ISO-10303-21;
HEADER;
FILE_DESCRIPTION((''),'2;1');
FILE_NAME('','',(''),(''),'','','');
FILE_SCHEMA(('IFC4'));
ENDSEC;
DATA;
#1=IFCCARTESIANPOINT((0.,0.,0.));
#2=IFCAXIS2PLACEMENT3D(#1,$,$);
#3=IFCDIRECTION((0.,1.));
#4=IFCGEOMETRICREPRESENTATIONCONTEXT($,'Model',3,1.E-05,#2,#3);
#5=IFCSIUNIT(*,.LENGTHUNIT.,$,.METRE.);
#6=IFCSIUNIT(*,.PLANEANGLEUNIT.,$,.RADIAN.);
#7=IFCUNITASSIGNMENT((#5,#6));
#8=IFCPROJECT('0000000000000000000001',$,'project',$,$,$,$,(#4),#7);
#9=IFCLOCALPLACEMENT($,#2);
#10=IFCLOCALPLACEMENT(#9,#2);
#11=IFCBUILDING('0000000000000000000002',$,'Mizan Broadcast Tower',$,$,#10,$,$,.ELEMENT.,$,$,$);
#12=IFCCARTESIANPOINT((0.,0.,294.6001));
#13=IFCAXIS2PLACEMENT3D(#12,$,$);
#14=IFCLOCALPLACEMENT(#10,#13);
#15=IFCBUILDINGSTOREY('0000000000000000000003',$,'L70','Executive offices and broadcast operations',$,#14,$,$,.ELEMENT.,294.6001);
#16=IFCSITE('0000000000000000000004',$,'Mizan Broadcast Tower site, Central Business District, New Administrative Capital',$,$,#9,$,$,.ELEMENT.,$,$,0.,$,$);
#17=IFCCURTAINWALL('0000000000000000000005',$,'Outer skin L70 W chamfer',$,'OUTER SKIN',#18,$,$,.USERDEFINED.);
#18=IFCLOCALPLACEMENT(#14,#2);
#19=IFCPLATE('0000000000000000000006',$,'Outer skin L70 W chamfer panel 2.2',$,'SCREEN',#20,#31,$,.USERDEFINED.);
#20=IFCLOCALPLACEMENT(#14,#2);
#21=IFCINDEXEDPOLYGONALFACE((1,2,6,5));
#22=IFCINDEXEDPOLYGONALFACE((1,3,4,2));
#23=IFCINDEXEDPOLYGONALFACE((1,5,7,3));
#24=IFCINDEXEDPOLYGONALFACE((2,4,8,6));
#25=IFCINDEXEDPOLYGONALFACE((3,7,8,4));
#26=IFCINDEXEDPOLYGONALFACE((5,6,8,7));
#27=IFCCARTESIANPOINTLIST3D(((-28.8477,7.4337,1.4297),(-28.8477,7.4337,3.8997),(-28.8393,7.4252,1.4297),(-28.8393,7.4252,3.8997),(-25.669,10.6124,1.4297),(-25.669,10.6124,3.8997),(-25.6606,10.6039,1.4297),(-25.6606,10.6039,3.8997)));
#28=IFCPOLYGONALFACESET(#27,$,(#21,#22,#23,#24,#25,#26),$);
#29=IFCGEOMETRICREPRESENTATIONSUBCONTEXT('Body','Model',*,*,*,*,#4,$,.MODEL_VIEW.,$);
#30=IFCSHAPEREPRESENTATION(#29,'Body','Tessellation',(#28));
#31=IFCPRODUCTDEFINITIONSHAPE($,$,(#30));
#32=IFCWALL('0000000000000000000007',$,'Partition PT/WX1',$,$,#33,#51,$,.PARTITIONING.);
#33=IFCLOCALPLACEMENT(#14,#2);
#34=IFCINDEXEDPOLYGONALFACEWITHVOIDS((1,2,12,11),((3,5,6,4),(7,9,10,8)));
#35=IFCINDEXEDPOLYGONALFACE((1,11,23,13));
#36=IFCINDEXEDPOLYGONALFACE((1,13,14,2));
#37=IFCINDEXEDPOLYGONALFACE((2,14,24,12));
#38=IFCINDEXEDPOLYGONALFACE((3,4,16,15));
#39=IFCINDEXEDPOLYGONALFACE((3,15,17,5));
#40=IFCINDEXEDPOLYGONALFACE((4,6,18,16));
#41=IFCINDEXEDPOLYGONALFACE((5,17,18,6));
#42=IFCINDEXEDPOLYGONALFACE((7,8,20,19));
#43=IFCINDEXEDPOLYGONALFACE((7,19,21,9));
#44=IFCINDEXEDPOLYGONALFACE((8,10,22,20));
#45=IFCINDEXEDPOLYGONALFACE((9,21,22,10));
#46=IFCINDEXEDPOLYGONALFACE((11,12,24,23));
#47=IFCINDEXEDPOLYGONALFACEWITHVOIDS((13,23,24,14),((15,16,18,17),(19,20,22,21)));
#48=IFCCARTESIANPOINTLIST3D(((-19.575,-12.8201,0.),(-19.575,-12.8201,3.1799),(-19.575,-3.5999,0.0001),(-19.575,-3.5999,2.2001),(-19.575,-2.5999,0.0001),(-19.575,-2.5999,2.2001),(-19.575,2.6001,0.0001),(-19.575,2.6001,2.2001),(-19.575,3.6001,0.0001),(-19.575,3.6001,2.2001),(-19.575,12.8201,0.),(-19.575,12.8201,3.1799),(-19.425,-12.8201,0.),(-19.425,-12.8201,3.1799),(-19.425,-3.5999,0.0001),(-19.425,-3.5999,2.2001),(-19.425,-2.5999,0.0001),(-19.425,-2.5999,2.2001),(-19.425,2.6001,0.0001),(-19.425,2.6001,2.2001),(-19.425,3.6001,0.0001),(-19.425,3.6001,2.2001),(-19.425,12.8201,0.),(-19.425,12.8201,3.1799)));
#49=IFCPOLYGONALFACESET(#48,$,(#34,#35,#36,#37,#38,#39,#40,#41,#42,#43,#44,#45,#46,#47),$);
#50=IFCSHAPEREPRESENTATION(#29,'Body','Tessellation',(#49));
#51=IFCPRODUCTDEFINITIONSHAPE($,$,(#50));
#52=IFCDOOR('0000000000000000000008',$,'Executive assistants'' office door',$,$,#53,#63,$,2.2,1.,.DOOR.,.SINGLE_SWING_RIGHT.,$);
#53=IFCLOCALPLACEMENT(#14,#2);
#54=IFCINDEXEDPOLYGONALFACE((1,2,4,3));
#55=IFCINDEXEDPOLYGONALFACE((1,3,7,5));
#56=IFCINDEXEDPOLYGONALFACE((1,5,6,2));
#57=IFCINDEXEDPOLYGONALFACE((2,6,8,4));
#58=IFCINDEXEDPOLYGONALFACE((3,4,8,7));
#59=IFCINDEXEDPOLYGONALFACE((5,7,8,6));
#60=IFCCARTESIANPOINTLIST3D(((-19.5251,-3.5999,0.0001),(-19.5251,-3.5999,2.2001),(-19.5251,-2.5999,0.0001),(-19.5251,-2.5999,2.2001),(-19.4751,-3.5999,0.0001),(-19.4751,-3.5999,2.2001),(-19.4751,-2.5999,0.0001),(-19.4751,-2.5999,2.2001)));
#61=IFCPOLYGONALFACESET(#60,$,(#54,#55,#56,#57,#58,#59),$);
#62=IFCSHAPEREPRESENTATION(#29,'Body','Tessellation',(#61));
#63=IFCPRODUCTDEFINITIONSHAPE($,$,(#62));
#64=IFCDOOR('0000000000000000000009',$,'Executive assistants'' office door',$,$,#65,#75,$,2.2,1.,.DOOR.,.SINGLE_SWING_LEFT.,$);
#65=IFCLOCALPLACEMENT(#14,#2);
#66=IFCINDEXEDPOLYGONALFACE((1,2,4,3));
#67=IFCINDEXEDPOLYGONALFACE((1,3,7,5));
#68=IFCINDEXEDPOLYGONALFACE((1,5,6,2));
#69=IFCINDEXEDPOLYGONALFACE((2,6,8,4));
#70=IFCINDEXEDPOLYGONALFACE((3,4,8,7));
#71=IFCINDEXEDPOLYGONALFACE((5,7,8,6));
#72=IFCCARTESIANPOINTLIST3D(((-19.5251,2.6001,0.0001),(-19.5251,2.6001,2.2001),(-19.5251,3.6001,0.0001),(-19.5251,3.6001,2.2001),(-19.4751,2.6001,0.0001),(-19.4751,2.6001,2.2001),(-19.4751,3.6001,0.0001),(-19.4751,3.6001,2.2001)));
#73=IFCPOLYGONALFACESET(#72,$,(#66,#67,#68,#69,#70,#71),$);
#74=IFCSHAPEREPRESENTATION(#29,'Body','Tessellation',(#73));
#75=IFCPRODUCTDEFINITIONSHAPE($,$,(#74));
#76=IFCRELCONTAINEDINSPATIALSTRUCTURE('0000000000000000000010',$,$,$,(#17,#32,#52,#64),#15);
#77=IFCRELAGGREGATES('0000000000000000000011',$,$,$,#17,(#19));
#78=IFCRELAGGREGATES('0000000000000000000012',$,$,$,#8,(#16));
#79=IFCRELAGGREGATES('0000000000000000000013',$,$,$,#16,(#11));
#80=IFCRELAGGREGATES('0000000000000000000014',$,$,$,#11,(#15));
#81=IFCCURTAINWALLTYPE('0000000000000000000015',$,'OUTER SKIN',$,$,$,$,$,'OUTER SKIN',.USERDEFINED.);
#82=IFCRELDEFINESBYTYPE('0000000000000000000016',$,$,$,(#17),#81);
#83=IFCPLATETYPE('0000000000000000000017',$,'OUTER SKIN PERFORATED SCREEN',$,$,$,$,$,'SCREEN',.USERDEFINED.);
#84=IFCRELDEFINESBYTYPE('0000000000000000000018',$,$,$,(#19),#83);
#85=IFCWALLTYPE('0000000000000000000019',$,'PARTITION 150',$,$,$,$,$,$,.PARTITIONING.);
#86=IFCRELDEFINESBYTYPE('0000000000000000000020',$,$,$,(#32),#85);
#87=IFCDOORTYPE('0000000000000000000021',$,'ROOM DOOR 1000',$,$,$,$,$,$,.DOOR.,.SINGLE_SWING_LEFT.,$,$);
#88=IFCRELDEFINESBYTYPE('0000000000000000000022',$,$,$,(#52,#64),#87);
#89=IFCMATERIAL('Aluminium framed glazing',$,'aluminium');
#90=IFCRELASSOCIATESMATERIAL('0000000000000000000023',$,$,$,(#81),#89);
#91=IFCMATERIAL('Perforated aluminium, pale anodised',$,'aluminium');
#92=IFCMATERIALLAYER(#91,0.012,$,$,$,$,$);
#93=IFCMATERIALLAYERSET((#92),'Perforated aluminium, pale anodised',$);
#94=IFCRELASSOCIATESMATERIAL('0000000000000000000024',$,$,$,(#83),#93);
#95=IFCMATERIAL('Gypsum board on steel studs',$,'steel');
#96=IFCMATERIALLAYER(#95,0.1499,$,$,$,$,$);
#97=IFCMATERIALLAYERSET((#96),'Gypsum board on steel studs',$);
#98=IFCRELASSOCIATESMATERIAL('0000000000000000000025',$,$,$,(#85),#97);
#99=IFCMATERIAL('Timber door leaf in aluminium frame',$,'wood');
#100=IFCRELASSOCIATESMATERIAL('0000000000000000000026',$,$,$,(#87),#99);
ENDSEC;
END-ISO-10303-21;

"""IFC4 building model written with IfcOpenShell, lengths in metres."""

from ifc_helpers import new_model, si_unit, direction, frame, frame_2d, origin, origin_2d, place, context, subcontext, project, spatial, rectangle, extrude, material, layer, layer_set, type_object, element, fill, aggregate, save


model = new_model("IFC4")

# Units and contexts
model_context = context("Model", 3, precision=1e-05, world=origin(), true_north=direction((0.0, 1.0)))
body_context = subcontext(model_context, "Body", "Model", "MODEL_VIEW")
ifc_project = project(units=[si_unit("LENGTHUNIT", "METRE"), si_unit("PLANEANGLEUNIT", "RADIAN")], contexts=[model_context])

# Site, building, storey
site_placement = place(None, origin())
site = spatial("IfcSite", under=ifc_project, at=site_placement, Name="Mizan Broadcast Tower site, Central Business District, New Administrative Capital", CompositionType="ELEMENT", RefElevation=0.0)
building_placement = place(site_placement, origin())
building = spatial("IfcBuilding", under=site, at=building_placement, Name="Mizan Broadcast Tower", CompositionType="ELEMENT")
storey_placement = place(building_placement, frame((0.0, 0.0, 294.6001)))
storey = spatial("IfcBuildingStorey", under=building, at=storey_placement, Name="L70", Description="Executive offices and broadcast operations", CompositionType="ELEMENT", Elevation=294.6001)

# Shared definitions
ifc_material_1 = material(Name="Aluminium framed glazing", Category="aluminium")
curtain_wall_type_1 = type_object("IfcCurtainWallType", Name="OUTER SKIN", ElementType="OUTER SKIN", PredefinedType="USERDEFINED", material=ifc_material_1)

# Curtain wall
curtain_wall_1_placement = place(storey_placement, origin())
curtain_wall_1 = element("IfcCurtainWall", 1, at=curtain_wall_1_placement, inside=storey, type_object=curtain_wall_type_1, Name="Outer skin L70 W chamfer", ObjectType="OUTER SKIN", PredefinedType="USERDEFINED")

# Plate
ifc_material_2 = material(Name="Perforated aluminium, pale anodised", Category="aluminium")
ifc_layer_1 = layer(ifc_material_2, 0.012)
ifc_layer_set_1 = layer_set([ifc_layer_1], Name="Perforated aluminium, pale anodised")
plate_type_1 = type_object("IfcPlateType", Name="OUTER SKIN PERFORATED SCREEN", ElementType="SCREEN", PredefinedType="USERDEFINED", material=ifc_layer_set_1)
plate_1_placement = place(storey_placement, frame((-27.2542, 9.0188, 1.4297), z_axis=(0.0, 0.0, 1.0), x_axis=(-0.707107, -0.707107, 0.0)))
plate_1 = element("IfcPlate", 2, at=plate_1_placement, type_object=plate_type_1, Name="Outer skin L70 W chamfer panel 2.2", ObjectType="SCREEN", PredefinedType="USERDEFINED", context=body_context, shape_type="SweptSolid", body=[
    extrude(rectangle(XDim=4.4954, YDim=0.012, at=origin_2d()), origin(), (0.0, 0.0, 1.0), 2.47),
])
aggregate(curtain_wall_1, [plate_1])

# Wall, openings, doors
ifc_material_3 = material(Name="Gypsum board on steel studs", Category="steel")
ifc_layer_2 = layer(ifc_material_3, 0.1499)
ifc_layer_set_2 = layer_set([ifc_layer_2], Name="Gypsum board on steel studs")
wall_type = type_object("IfcWallType", Name="PARTITION 150", PredefinedType="PARTITIONING", material=ifc_layer_set_2)
wall_placement = place(storey_placement, frame((-19.5, 12.8201, 0.0), z_axis=(0.0, 0.0, 1.0), x_axis=(0.0, -1.0, 0.0)))
wall = element("IfcWall", 3, at=wall_placement, inside=storey, type_object=wall_type, Name="Partition PT/WX1", PredefinedType="PARTITIONING", context=body_context, shape_type="SweptSolid", body=[
    extrude(rectangle(XDim=25.6401, YDim=0.1499, at=frame_2d((12.8201, 0.0))), origin(), (0.0, 0.0, 1.0), 3.1799),
])
opening_1_placement = place(wall_placement, frame((15.4199, 0.0, 0.0)))
opening_1 = element("IfcOpeningElement", 4, at=opening_1_placement, cuts=wall, PredefinedType="OPENING", context=body_context, shape_type="SweptSolid", body=[
    extrude(rectangle(XDim=1.0, YDim=2.2, at=frame_2d((0.5, 1.1001))), frame((0.0, 0.085, 0.0), z_axis=(0.0, -1.0, 0.0), x_axis=(1.0, 0.0, 0.0)), (0.0, 0.0, 1.0), 0.1699),
])
opening_2_placement = place(wall_placement, frame((9.22, 0.0, 0.0)))
opening_2 = element("IfcOpeningElement", 5, at=opening_2_placement, cuts=wall, PredefinedType="OPENING", context=body_context, shape_type="SweptSolid", body=[
    extrude(rectangle(XDim=1.0, YDim=2.2, at=frame_2d((0.5, 1.1001))), frame((0.0, 0.085, 0.0), z_axis=(0.0, -1.0, 0.0), x_axis=(1.0, 0.0, 0.0)), (0.0, 0.0, 1.0), 0.1699),
])
ifc_material_4 = material(Name="Timber door leaf in aluminium frame", Category="wood")
door_type = type_object("IfcDoorType", Name="ROOM DOOR 1000", OperationType="SINGLE_SWING_LEFT", PredefinedType="DOOR", material=ifc_material_4)
door_1_placement = place(opening_1_placement, origin())
door_1 = element("IfcDoor", 6, at=door_1_placement, inside=storey, type_object=door_type, Name="Executive assistants' office door", OperationType="SINGLE_SWING_RIGHT", OverallHeight=2.2, OverallWidth=1.0, PredefinedType="DOOR", context=body_context, shape_type="SweptSolid", body=[
    extrude(rectangle(XDim=1.0, YDim=2.2, at=frame_2d((0.5, 1.1001))), frame((0.0, 0.0249, 0.0), z_axis=(0.0, -1.0, 0.0), x_axis=(1.0, 0.0, 0.0)), (0.0, 0.0, 1.0), 0.05),
])
fill(opening_1, door_1)
door_2_placement = place(opening_2_placement, origin())
door_2 = element("IfcDoor", 7, at=door_2_placement, inside=storey, type_object=door_type, Name="Executive assistants' office door", OperationType="SINGLE_SWING_LEFT", OverallHeight=2.2, OverallWidth=1.0, PredefinedType="DOOR", context=body_context, shape_type="SweptSolid", body=[
    extrude(rectangle(XDim=1.0, YDim=2.2, at=frame_2d((0.5, 1.1001))), frame((0.0, 0.0249, 0.0), z_axis=(0.0, -1.0, 0.0), x_axis=(1.0, 0.0, 0.0)), (0.0, 0.0, 1.0), 0.05),
])
fill(opening_2, door_2)

save(model, "model.ifc")
